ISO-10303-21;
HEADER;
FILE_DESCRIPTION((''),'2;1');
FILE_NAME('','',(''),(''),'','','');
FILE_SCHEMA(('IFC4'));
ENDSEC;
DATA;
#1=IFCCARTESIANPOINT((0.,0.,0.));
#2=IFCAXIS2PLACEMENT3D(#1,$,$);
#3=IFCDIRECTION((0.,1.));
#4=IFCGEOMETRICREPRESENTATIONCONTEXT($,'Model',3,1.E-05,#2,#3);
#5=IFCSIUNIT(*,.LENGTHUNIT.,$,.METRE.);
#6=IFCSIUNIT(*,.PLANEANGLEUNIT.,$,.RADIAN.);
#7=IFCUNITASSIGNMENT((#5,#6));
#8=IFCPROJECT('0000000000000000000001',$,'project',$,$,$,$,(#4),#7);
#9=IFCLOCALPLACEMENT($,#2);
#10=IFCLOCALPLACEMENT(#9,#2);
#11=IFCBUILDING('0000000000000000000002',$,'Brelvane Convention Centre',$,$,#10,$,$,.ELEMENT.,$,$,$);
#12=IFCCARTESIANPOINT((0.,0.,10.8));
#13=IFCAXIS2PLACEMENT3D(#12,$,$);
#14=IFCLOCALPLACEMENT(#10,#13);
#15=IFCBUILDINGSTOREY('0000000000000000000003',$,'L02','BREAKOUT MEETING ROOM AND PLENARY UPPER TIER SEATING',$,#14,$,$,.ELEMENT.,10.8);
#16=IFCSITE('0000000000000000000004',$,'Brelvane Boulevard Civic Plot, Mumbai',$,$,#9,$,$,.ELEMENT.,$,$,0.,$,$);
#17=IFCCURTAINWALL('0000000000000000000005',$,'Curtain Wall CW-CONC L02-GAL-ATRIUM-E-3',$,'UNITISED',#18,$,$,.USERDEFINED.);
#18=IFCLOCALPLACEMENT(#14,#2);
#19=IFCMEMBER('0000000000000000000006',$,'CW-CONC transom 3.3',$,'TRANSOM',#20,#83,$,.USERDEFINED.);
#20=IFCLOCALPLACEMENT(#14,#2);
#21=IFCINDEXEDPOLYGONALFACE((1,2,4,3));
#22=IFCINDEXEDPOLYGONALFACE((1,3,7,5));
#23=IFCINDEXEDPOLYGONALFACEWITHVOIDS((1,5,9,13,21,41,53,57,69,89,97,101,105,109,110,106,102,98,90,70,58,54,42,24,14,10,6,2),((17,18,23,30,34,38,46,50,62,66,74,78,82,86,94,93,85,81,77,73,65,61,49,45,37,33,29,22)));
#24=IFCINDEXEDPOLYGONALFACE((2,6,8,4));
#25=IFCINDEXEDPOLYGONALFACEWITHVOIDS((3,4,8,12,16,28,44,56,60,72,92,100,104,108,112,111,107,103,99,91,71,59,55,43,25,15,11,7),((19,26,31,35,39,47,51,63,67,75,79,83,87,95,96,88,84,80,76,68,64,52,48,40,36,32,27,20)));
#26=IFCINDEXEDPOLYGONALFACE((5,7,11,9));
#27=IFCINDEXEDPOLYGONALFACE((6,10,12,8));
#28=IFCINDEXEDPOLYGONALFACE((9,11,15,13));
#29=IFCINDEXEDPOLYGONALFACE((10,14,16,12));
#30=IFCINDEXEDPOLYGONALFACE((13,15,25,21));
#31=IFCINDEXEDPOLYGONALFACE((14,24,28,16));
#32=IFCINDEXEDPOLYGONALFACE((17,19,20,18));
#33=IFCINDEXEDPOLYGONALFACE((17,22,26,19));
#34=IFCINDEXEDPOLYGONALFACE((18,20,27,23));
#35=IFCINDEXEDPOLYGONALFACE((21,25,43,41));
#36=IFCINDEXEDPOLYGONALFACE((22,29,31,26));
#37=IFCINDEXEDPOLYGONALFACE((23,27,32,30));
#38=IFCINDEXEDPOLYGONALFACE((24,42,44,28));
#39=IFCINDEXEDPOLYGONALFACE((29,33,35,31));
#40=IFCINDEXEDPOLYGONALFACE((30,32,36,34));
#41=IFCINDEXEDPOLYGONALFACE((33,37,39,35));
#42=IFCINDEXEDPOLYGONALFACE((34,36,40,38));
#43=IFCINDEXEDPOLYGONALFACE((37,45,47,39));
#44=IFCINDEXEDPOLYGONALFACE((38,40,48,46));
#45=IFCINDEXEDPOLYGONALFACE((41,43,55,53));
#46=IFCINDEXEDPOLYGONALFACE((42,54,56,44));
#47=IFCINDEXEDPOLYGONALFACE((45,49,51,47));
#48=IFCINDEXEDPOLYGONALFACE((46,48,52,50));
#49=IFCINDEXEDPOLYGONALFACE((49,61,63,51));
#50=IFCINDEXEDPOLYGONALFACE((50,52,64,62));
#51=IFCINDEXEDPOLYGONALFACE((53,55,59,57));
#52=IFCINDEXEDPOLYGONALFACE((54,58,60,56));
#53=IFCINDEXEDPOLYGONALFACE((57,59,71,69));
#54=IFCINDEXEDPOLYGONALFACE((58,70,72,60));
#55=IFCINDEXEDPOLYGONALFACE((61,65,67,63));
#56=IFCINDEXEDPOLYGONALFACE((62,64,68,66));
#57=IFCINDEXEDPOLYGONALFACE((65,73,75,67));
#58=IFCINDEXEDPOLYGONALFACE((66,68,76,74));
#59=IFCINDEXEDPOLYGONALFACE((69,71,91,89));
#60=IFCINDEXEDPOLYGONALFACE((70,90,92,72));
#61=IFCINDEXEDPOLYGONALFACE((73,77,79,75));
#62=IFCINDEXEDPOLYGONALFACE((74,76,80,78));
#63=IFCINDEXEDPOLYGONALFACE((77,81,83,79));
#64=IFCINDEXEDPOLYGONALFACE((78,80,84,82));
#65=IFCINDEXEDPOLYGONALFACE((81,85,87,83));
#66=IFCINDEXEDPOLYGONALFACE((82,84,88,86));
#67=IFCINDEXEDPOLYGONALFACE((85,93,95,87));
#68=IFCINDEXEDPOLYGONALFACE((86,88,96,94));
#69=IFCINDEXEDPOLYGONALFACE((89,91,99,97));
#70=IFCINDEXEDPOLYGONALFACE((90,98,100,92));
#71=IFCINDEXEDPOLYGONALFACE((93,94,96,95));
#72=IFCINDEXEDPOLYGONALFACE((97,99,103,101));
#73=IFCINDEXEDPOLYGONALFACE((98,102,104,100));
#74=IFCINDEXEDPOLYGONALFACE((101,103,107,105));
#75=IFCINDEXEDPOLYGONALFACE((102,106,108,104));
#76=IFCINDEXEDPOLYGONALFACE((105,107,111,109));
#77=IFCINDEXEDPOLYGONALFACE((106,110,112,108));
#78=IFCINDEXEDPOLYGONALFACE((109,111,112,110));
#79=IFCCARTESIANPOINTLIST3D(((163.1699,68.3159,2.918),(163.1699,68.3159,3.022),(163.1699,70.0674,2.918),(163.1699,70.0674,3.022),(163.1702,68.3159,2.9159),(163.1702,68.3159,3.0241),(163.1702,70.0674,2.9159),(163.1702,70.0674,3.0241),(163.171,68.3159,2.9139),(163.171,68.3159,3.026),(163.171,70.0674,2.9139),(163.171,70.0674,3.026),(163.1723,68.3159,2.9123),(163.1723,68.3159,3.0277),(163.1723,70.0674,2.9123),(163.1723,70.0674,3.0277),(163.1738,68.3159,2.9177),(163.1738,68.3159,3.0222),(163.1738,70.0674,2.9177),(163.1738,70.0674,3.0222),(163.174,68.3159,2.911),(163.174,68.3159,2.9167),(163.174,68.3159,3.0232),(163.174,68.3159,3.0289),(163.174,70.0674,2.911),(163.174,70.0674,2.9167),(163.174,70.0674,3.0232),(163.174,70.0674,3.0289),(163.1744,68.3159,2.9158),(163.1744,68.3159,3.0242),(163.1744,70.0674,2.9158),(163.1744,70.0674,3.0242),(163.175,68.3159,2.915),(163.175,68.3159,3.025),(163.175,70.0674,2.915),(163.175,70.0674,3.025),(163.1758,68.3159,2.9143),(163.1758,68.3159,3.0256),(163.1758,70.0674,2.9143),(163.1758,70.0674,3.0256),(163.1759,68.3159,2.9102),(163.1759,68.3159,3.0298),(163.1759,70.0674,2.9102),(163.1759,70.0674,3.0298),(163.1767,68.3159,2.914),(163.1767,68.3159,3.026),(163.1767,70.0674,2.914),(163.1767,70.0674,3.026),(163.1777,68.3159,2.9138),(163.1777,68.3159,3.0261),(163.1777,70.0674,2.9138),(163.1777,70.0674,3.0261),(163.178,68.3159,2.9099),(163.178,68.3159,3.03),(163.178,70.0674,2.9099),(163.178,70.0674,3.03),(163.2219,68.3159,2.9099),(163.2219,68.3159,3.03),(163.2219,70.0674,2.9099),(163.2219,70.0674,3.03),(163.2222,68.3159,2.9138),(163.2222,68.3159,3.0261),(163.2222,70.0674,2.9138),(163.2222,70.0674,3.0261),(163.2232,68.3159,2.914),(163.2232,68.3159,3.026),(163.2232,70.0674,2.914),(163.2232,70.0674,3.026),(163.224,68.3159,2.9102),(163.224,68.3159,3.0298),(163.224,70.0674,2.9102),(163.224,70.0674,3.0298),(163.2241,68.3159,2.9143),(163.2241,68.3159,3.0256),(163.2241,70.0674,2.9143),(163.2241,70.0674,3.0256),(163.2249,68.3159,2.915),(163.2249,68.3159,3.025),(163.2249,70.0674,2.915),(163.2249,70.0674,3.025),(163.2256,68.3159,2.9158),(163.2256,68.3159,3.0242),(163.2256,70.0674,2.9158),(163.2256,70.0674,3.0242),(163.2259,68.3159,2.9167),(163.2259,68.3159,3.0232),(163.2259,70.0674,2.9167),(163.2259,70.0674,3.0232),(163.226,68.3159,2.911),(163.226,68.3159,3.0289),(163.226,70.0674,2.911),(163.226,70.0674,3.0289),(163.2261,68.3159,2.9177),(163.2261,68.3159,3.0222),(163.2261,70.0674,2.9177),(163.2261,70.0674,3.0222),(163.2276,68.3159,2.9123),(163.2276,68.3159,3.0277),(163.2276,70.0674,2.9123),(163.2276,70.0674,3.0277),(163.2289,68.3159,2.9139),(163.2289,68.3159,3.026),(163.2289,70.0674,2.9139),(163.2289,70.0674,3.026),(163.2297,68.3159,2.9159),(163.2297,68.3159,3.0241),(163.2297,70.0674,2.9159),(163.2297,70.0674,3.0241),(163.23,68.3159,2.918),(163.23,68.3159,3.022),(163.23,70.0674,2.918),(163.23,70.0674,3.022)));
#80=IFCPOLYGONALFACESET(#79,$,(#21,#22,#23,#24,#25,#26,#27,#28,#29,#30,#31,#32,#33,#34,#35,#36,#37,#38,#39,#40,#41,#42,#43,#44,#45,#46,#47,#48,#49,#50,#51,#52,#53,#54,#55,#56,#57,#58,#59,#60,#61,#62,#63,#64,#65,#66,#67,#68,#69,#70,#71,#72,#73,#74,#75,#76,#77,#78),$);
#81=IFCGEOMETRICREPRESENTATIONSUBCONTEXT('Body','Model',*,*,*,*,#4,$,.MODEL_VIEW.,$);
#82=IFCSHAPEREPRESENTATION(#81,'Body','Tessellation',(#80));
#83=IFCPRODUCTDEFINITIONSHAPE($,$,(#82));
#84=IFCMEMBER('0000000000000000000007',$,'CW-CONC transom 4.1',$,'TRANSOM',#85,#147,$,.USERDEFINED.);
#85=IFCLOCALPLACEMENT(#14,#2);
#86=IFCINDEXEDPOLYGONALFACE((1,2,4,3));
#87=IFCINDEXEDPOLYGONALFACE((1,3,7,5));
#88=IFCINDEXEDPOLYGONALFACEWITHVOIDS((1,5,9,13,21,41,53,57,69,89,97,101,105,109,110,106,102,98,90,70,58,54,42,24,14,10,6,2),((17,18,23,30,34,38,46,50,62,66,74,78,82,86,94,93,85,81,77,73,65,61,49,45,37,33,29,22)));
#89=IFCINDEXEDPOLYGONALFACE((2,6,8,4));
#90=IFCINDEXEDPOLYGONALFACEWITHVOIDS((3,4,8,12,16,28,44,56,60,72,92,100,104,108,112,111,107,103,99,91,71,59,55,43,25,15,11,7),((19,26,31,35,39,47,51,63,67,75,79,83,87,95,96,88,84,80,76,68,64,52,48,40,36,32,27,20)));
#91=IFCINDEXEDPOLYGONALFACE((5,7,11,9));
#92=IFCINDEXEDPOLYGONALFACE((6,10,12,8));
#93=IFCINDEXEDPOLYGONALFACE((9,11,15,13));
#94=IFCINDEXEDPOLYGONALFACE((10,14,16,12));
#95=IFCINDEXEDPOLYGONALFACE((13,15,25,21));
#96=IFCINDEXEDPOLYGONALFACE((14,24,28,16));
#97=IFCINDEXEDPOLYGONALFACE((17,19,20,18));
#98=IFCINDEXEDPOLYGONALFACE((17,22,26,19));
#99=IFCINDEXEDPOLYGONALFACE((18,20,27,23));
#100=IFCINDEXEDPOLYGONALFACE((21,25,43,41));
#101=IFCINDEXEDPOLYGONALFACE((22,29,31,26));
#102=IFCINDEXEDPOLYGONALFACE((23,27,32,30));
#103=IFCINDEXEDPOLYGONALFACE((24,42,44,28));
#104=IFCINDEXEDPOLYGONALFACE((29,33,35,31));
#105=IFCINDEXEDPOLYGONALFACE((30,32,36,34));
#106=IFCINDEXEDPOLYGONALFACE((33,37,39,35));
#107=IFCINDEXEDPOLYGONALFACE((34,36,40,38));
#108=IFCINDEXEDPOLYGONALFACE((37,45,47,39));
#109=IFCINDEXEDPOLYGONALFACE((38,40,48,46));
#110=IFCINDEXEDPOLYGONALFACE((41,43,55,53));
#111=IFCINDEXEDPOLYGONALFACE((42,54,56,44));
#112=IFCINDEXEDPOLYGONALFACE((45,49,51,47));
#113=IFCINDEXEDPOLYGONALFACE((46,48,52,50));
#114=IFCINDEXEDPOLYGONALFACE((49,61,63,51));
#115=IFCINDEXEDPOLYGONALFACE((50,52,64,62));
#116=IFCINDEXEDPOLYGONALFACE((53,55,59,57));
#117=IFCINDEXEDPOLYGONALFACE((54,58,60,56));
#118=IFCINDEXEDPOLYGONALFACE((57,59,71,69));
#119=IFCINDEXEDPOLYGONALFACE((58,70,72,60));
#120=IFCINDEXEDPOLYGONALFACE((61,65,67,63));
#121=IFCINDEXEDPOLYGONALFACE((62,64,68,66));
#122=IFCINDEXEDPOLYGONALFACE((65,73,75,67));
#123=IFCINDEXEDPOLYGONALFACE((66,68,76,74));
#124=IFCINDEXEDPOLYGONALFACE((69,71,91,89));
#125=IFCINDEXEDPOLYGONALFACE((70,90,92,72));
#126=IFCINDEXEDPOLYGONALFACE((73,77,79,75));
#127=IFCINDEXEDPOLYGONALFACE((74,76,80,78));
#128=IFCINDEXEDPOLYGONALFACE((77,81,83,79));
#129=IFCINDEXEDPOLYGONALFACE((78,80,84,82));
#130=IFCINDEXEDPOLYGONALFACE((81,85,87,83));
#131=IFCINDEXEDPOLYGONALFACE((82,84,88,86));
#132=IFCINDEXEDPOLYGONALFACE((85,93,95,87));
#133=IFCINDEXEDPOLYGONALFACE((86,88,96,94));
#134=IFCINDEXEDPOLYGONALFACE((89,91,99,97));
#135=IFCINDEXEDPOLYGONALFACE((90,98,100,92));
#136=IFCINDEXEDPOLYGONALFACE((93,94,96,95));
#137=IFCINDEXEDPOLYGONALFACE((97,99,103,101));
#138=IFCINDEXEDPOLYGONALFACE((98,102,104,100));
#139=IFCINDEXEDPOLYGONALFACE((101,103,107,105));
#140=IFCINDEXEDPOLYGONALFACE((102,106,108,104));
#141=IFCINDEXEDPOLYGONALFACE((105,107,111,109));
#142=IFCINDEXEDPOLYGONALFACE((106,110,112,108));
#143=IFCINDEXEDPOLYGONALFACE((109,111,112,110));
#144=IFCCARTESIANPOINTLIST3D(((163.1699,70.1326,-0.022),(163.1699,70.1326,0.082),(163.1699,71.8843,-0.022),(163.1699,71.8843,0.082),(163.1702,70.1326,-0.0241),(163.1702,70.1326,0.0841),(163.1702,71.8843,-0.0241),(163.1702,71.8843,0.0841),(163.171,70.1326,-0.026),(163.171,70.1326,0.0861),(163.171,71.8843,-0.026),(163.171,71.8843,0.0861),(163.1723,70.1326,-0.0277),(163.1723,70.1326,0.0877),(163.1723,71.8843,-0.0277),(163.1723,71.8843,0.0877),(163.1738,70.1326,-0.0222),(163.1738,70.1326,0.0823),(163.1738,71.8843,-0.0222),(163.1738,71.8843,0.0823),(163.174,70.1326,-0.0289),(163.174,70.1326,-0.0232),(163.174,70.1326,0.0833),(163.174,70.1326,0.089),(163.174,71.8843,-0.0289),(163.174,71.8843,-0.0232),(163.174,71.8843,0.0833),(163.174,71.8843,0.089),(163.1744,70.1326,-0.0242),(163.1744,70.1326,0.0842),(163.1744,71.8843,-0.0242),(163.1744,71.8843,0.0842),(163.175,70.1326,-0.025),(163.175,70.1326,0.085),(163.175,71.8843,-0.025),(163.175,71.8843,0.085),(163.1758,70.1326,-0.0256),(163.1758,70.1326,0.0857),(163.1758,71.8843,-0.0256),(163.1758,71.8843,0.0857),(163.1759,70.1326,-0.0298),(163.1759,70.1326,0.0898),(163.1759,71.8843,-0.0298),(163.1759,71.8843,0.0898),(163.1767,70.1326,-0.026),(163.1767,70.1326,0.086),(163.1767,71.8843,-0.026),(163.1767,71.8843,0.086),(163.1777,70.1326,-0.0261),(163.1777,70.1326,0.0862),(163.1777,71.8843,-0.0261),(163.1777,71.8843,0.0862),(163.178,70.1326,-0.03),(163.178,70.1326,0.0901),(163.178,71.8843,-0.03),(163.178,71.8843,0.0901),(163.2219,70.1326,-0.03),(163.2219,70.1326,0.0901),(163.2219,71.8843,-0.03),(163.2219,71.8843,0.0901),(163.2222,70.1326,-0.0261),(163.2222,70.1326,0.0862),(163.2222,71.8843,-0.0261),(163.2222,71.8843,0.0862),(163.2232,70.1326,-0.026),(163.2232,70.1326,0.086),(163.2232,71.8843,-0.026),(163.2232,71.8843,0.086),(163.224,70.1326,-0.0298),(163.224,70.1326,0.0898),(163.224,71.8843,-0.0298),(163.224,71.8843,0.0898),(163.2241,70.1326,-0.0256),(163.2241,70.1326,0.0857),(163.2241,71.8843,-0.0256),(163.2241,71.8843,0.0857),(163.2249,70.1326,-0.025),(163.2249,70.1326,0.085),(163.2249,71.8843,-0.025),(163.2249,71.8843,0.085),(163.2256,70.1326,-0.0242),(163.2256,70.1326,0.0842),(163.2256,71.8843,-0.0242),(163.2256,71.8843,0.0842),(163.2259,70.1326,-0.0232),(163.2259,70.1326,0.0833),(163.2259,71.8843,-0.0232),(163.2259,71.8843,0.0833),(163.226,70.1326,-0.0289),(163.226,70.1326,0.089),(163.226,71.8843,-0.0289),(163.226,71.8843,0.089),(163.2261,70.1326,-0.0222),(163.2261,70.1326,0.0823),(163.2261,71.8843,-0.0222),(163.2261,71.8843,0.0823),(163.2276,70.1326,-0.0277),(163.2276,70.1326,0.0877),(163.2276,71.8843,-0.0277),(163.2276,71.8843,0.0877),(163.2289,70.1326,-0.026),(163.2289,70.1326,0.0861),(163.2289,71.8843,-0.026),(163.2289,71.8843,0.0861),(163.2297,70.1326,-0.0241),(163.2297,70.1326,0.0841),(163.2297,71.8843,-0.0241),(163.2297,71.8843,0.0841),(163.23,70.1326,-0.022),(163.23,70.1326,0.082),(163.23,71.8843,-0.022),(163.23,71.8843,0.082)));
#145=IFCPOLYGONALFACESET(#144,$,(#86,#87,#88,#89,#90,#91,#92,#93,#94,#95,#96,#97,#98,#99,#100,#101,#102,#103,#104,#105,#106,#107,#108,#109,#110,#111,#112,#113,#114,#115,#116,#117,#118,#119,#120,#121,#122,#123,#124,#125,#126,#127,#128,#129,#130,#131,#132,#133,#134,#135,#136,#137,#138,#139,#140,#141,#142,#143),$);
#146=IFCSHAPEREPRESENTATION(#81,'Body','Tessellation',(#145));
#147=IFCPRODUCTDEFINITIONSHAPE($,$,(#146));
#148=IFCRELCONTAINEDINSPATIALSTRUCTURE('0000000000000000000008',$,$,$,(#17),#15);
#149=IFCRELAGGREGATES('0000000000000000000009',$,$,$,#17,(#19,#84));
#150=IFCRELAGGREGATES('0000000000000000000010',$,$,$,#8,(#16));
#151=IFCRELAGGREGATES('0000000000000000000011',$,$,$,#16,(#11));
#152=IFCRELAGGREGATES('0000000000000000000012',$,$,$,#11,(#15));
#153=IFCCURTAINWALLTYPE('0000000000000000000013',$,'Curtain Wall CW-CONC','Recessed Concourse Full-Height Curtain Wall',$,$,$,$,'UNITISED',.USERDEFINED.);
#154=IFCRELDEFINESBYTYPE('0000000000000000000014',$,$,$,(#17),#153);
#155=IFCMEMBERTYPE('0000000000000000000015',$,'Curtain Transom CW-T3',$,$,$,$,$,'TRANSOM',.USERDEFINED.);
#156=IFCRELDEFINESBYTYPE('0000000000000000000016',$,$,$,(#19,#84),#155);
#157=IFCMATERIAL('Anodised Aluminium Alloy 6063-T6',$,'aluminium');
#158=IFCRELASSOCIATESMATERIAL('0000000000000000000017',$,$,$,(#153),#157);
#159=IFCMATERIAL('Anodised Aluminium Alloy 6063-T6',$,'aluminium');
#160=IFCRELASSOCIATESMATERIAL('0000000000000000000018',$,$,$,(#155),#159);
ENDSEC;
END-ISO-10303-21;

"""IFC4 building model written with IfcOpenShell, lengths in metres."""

from ifc_helpers import new_model, si_unit, direction, frame, origin, origin_2d, place, context, subcontext, project, spatial, hollow_rectangle, extrude, material, material_profile, profile_set, type_object, element, aggregate, save


model = new_model("IFC4")

# Units and contexts
model_context = context("Model", 3, precision=1e-05, world=origin(), true_north=direction((0.0, 1.0)))
body_context = subcontext(model_context, "Body", "Model", "MODEL_VIEW")
ifc_project = project(units=[si_unit("LENGTHUNIT", "METRE"), si_unit("PLANEANGLEUNIT", "RADIAN")], contexts=[model_context])

# Site, building, storey
site_placement = place(None, origin())
site = spatial("IfcSite", under=ifc_project, at=site_placement, Name="Brelvane Boulevard Civic Plot, Mumbai", CompositionType="ELEMENT", RefElevation=0.0)
building_placement = place(site_placement, origin())
building = spatial("IfcBuilding", under=site, at=building_placement, Name="Brelvane Convention Centre", CompositionType="ELEMENT")
storey_placement = place(building_placement, frame((0.0, 0.0, 10.8)))
storey = spatial("IfcBuildingStorey", under=building, at=storey_placement, Name="L02", Description="BREAKOUT MEETING ROOM AND PLENARY UPPER TIER SEATING", CompositionType="ELEMENT", Elevation=10.8)

# Curtain wall, members
ifc_material_1 = material(Name="Anodised Aluminium Alloy 6063-T6", Category="aluminium")
curtain_wall_type = type_object("IfcCurtainWallType", Name="Curtain Wall CW-CONC", Description="Recessed Concourse Full-Height Curtain Wall", ElementType="UNITISED", PredefinedType="USERDEFINED", material=ifc_material_1)
curtain_wall_placement = place(storey_placement, origin())
curtain_wall = element("IfcCurtainWall", 1, at=curtain_wall_placement, inside=storey, type_object=curtain_wall_type, Name="Curtain Wall CW-CONC L02-GAL-ATRIUM-E-3", ObjectType="UNITISED", PredefinedType="USERDEFINED")
ifc_material_2 = material(Name="Anodised Aluminium Alloy 6063-T6", Category="aluminium")
ifc_material_profile_1 = material_profile(ifc_material_2, hollow_rectangle(XDim=0.0601, YDim=0.1201, WallThickness=0.0039, InnerFilletRadius=0.0039, OuterFilletRadius=0.0081, at=origin_2d()), Name="ALU-T 120x60x4.0")
ifc_profile_set_1 = profile_set([ifc_material_profile_1], Name="Anodised Aluminium Alloy 6063-T6")
member_type_1 = type_object("IfcMemberType", Name="Curtain Transom CW-T3", ElementType="TRANSOM", PredefinedType="USERDEFINED", material=ifc_profile_set_1)
member_1_placement = place(storey_placement, frame((163.2, 68.3159, 2.97), z_axis=(0.0, 1.0, 0.0), x_axis=(-1.0, 0.0, 0.0)))
member_1 = element("IfcMember", 2, at=member_1_placement, type_object=member_type_1, Name="CW-CONC transom 3.3", ObjectType="TRANSOM", PredefinedType="USERDEFINED", context=body_context, shape_type="SweptSolid", body=[
    extrude(hollow_rectangle(XDim=0.0601, YDim=0.1201, WallThickness=0.0039, InnerFilletRadius=0.0039, OuterFilletRadius=0.0081, at=origin_2d()), origin(), (0.0, 0.0, 1.0), 1.7515),
])
member_2_placement = place(storey_placement, frame((163.2, 70.1326, 0.03), z_axis=(0.0, 1.0, 0.0), x_axis=(-1.0, 0.0, 0.0)))
member_2 = element("IfcMember", 3, at=member_2_placement, type_object=member_type_1, Name="CW-CONC transom 4.1", ObjectType="TRANSOM", PredefinedType="USERDEFINED", context=body_context, shape_type="SweptSolid", body=[
    extrude(hollow_rectangle(XDim=0.0601, YDim=0.1201, WallThickness=0.0039, InnerFilletRadius=0.0039, OuterFilletRadius=0.0081, at=origin_2d()), origin(), (0.0, 0.0, 1.0), 1.7517),
])

aggregate(curtain_wall, [member_1, member_2])

save(model, "model.ifc")
